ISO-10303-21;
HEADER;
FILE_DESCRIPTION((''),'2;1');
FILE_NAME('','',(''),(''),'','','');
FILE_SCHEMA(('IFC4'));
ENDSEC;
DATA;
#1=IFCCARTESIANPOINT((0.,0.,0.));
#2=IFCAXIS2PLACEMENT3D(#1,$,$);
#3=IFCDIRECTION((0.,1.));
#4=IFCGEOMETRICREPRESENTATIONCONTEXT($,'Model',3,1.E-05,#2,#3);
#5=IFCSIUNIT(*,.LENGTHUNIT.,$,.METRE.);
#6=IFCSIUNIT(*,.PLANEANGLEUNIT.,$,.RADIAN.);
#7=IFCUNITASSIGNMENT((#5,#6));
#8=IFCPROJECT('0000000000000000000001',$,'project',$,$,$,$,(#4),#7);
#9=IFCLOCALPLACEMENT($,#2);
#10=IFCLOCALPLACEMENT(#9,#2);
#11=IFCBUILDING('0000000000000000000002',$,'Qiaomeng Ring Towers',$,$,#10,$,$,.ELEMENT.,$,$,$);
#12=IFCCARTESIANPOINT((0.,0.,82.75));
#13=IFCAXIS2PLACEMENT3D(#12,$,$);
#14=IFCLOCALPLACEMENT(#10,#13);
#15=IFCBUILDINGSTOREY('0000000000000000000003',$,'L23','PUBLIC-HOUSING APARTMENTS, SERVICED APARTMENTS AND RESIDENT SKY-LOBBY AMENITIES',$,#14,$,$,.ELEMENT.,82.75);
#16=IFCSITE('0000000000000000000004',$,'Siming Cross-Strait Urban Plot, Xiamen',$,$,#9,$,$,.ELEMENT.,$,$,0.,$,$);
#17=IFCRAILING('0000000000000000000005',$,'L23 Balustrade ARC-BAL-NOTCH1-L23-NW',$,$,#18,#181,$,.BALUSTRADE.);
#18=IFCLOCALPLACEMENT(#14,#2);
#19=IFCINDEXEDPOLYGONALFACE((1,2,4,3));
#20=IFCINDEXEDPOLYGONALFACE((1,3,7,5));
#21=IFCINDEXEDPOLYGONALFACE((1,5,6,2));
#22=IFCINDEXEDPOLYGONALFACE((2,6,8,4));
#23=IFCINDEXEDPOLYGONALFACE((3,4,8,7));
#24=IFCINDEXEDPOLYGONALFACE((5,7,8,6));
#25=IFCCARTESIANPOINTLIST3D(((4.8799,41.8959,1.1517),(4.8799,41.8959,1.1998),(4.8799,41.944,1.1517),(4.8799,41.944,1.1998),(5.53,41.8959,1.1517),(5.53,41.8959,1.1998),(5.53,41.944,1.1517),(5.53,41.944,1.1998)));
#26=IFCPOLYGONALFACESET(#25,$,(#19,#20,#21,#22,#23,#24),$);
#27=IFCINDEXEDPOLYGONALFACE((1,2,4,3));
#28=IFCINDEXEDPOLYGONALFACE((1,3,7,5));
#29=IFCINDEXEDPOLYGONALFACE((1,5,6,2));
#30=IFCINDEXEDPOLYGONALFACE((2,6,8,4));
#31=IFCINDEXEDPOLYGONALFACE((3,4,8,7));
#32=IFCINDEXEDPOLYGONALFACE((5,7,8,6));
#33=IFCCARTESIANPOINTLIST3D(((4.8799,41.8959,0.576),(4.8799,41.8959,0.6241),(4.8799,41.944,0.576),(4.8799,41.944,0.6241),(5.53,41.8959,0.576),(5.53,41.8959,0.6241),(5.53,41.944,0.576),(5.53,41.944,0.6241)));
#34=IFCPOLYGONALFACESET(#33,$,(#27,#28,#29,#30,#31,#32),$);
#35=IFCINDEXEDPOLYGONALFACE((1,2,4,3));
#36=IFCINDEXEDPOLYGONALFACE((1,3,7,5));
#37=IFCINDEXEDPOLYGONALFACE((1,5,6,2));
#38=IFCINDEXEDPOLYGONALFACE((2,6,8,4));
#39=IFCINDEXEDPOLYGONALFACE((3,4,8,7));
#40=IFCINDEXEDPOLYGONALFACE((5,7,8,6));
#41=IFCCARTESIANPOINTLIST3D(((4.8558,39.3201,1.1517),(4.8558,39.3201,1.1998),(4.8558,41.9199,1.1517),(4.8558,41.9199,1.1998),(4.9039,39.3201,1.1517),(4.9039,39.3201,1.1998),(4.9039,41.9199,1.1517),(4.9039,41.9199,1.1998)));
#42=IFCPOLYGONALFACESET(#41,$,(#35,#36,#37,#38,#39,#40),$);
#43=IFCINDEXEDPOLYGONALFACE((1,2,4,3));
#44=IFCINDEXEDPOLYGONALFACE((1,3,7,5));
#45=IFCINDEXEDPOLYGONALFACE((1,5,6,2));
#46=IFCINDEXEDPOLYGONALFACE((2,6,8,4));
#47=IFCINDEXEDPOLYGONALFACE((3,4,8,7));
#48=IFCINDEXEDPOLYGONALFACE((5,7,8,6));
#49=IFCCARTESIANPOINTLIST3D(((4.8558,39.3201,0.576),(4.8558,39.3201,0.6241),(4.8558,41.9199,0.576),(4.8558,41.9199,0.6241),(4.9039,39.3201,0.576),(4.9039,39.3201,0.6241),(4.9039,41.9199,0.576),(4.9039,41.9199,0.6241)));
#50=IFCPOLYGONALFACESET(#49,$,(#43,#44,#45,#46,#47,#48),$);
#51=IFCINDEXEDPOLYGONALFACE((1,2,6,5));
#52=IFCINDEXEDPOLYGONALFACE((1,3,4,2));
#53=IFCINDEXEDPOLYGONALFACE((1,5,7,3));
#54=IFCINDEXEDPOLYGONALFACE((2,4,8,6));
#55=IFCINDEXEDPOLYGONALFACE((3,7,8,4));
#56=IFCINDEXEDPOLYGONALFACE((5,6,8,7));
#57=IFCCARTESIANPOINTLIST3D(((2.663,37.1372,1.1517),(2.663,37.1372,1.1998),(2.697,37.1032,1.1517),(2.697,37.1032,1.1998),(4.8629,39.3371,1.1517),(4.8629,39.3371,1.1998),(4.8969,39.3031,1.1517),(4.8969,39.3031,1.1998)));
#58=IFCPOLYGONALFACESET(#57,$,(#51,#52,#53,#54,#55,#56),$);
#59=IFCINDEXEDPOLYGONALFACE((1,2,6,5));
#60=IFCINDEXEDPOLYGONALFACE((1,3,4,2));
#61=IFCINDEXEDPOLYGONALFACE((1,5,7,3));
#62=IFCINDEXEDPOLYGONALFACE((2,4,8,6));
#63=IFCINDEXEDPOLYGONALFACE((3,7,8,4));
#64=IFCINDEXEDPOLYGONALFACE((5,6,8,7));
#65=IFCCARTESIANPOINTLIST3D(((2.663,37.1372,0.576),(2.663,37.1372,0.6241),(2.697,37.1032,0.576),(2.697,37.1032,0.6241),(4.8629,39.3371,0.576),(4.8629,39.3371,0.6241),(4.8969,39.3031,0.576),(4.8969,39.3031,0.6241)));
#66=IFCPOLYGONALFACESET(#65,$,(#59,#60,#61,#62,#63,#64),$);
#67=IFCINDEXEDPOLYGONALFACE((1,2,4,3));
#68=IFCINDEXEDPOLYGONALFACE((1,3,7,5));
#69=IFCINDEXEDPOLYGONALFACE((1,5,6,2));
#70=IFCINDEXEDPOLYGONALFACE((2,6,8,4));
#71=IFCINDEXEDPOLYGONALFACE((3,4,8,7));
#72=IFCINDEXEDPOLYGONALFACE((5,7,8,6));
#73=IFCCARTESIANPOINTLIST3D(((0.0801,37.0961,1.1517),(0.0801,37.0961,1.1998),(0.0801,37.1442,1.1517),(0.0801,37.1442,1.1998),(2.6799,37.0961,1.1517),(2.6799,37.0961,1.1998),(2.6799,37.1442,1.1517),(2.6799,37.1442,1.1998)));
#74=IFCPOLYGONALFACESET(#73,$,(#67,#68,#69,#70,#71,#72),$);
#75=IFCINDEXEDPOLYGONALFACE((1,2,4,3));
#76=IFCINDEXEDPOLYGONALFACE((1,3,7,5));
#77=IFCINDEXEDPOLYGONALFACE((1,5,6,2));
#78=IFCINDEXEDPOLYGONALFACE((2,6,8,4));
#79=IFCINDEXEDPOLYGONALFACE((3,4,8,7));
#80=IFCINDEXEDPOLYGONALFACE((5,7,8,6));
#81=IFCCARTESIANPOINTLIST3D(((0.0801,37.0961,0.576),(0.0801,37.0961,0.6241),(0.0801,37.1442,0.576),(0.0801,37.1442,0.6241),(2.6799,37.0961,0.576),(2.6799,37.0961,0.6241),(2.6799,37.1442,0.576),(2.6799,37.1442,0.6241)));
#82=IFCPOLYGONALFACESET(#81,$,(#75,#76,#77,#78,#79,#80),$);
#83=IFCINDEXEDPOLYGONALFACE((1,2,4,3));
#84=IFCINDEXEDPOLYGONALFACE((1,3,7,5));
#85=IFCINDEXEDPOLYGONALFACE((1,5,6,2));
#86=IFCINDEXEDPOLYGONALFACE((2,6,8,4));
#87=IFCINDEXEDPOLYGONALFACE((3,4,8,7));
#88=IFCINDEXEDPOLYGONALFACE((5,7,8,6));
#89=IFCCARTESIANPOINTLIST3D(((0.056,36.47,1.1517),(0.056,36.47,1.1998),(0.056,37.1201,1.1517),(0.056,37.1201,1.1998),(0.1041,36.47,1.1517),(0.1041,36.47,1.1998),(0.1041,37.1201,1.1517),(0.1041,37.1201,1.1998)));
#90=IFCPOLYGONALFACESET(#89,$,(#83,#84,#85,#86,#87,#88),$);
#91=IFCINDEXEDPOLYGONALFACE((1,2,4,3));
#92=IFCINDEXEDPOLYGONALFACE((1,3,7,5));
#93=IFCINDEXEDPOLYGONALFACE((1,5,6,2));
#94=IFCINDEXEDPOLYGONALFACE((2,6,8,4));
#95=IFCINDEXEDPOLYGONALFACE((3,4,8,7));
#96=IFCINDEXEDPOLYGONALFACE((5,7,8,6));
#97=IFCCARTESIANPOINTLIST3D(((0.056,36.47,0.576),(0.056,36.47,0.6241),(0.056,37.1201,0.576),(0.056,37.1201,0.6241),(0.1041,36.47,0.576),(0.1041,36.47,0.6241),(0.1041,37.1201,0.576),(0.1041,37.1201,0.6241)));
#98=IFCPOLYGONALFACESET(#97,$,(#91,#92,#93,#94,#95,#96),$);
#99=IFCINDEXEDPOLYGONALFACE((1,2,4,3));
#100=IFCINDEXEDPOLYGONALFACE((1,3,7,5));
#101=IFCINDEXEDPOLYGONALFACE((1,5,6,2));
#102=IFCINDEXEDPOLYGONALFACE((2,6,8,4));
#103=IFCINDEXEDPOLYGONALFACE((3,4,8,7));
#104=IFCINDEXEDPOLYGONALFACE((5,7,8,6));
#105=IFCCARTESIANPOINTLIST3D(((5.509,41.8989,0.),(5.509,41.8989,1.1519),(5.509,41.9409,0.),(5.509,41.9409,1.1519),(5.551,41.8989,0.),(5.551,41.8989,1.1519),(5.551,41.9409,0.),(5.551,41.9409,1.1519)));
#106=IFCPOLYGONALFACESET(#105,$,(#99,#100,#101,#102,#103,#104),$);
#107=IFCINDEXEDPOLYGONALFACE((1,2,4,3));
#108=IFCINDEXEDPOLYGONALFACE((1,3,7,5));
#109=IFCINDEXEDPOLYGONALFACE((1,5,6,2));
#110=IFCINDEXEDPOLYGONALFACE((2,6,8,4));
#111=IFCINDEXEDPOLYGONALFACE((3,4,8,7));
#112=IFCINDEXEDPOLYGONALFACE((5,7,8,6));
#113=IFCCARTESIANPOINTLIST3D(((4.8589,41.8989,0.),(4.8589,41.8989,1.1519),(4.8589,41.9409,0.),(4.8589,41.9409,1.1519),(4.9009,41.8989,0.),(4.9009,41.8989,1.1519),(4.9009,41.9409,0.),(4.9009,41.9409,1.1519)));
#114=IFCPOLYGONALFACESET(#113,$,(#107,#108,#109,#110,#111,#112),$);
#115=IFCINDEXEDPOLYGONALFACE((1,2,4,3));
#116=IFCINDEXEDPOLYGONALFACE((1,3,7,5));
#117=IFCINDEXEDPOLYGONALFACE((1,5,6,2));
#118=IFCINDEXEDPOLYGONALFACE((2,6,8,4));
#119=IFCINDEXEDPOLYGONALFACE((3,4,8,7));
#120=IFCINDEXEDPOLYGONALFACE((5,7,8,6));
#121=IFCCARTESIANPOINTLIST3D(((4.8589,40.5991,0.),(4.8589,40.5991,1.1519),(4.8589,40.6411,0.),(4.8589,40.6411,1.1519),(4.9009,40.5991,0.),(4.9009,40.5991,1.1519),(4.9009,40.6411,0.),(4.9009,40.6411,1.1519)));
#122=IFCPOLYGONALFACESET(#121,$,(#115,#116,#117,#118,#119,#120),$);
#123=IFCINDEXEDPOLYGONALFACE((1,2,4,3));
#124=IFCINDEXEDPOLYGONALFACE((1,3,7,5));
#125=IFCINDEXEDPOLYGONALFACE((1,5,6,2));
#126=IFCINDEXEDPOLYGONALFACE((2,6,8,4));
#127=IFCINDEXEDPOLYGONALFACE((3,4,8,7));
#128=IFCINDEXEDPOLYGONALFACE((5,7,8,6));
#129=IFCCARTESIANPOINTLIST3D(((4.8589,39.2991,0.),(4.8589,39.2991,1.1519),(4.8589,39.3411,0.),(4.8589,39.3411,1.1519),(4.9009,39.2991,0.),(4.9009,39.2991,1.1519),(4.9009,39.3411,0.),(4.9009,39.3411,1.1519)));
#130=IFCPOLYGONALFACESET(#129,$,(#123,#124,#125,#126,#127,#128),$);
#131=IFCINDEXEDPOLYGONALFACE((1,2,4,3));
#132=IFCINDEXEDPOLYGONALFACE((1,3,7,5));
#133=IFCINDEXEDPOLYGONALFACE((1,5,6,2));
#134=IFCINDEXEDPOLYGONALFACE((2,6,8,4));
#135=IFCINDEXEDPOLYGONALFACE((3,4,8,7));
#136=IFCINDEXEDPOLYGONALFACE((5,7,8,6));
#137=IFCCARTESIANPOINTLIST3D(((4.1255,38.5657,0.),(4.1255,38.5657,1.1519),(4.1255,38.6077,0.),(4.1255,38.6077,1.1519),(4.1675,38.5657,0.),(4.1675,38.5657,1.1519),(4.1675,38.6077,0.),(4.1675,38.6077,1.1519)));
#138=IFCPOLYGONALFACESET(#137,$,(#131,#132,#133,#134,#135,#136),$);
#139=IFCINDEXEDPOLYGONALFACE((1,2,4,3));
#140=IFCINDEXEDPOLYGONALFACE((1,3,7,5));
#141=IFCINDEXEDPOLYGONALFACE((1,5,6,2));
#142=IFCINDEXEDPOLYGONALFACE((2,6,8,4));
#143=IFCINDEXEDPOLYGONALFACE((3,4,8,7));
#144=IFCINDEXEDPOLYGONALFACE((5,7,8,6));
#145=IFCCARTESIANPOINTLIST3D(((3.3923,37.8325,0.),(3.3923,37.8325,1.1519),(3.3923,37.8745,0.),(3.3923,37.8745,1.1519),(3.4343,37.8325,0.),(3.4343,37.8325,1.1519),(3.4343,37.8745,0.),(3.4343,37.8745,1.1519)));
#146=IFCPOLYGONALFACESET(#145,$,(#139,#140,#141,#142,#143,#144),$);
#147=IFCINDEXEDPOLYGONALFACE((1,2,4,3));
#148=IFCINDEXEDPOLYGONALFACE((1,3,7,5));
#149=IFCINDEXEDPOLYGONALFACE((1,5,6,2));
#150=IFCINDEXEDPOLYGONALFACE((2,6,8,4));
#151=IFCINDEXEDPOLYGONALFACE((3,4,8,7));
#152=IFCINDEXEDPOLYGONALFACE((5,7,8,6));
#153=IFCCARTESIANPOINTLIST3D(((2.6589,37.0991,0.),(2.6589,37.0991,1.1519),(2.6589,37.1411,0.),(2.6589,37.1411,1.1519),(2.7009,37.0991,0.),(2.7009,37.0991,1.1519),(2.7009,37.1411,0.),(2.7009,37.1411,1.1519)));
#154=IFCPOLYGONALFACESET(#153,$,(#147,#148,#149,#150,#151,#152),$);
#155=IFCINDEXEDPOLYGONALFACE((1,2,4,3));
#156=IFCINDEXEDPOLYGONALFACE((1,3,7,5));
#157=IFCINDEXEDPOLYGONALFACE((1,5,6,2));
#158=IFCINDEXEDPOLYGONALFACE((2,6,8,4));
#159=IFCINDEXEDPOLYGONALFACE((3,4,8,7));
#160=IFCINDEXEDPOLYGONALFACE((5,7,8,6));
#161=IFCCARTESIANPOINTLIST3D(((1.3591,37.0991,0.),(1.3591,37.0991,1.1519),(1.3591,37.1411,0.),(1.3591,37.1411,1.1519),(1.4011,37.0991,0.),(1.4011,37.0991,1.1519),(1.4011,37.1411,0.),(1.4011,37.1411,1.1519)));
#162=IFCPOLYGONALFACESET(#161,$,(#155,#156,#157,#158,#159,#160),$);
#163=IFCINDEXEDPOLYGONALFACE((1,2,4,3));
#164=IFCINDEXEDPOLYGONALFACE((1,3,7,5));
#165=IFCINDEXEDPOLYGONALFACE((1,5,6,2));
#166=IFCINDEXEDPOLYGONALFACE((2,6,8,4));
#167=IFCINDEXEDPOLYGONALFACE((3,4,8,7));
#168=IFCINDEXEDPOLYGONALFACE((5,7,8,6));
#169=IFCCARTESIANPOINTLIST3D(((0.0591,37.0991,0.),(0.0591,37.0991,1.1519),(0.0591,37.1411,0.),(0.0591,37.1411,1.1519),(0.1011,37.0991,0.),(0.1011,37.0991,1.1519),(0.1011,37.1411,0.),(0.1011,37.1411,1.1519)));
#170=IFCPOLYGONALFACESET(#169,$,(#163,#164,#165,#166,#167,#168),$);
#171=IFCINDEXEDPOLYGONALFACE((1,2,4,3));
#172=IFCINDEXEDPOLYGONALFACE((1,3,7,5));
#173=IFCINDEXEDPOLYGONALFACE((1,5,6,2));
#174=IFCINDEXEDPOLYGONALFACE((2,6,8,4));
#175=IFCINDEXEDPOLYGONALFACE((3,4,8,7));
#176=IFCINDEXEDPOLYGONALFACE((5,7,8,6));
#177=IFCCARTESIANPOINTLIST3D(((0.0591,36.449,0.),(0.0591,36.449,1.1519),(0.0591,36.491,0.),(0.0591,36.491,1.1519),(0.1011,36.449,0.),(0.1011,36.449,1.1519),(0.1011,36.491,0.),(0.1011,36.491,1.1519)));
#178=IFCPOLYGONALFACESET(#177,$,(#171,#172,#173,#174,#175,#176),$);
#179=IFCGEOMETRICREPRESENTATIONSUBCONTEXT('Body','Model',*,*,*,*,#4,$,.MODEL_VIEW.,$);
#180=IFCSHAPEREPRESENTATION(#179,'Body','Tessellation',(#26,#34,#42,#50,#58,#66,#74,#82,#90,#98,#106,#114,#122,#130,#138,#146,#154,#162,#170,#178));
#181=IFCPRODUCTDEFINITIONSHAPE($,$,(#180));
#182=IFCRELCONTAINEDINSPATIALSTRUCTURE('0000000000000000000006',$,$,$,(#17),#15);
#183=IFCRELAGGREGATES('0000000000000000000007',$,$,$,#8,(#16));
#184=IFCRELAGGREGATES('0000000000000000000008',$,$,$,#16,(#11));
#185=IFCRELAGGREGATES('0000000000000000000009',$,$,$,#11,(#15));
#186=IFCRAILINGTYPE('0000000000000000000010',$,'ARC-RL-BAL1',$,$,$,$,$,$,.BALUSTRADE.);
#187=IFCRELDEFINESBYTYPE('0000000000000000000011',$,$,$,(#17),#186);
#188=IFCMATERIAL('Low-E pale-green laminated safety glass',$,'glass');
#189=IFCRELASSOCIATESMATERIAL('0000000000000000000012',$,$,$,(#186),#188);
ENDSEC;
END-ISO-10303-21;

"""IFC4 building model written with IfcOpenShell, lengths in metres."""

from ifc_helpers import new_model, si_unit, direction, frame, origin, origin_2d, place, context, subcontext, project, spatial, rectangle, extrude, material, type_object, element, save


model = new_model("IFC4")

# Units and contexts
model_context = context("Model", 3, precision=1e-05, world=origin(), true_north=direction((0.0, 1.0)))
body_context = subcontext(model_context, "Body", "Model", "MODEL_VIEW")
ifc_project = project(units=[si_unit("LENGTHUNIT", "METRE"), si_unit("PLANEANGLEUNIT", "RADIAN")], contexts=[model_context])

# Site, building, storey
site_placement = place(None, origin())
site = spatial("IfcSite", under=ifc_project, at=site_placement, Name="Siming Cross-Strait Urban Plot, Xiamen", CompositionType="ELEMENT", RefElevation=0.0)
building_placement = place(site_placement, origin())
building = spatial("IfcBuilding", under=site, at=building_placement, Name="Qiaomeng Ring Towers", CompositionType="ELEMENT")
storey_placement = place(building_placement, frame((0.0, 0.0, 82.75)))
storey = spatial("IfcBuildingStorey", under=building, at=storey_placement, Name="L23", Description="PUBLIC-HOUSING APARTMENTS, SERVICED APARTMENTS AND RESIDENT SKY-LOBBY AMENITIES", CompositionType="ELEMENT", Elevation=82.75)

# Railing
ifc_material_1 = material(Name="Low-E pale-green laminated safety glass", Category="glass")
railing_type = type_object("IfcRailingType", Name="ARC-RL-BAL1", PredefinedType="BALUSTRADE", material=ifc_material_1)
railing_placement = place(storey_placement, frame((5.53, 41.9199, 0.0)))
element("IfcRailing", 1, at=railing_placement, inside=storey, type_object=railing_type, Name="L23 Balustrade ARC-BAL-NOTCH1-L23-NW", PredefinedType="BALUSTRADE", context=body_context, shape_type="SweptSolid", body=[
    extrude(rectangle(XDim=0.0481, YDim=0.0481, at=origin_2d()), frame((0.0, 0.0, 1.1758), z_axis=(-1.0, 0.0, 0.0), x_axis=(0.0, -1.0, 0.0)), (0.0, 0.0, 1.0), 0.6501),
    extrude(rectangle(XDim=0.0481, YDim=0.0481, at=origin_2d()), frame((0.0, 0.0, 0.6001), z_axis=(-1.0, 0.0, 0.0), x_axis=(0.0, -1.0, 0.0)), (0.0, 0.0, 1.0), 0.6501),
    extrude(rectangle(XDim=0.0481, YDim=0.0481, at=origin_2d()), frame((-0.6501, 0.0, 1.1758), z_axis=(0.0, -1.0, 0.0), x_axis=(1.0, 0.0, 0.0)), (0.0, 0.0, 1.0), 2.5999),
    extrude(rectangle(XDim=0.0481, YDim=0.0481, at=origin_2d()), frame((-0.6501, 0.0, 0.6001), z_axis=(0.0, -1.0, 0.0), x_axis=(1.0, 0.0, 0.0)), (0.0, 0.0, 1.0), 2.5999),
    extrude(rectangle(XDim=0.0481, YDim=0.0481, at=origin_2d()), frame((-0.6501, -2.5999, 1.1758), z_axis=(-0.707107, -0.707107, 0.0), x_axis=(0.707107, -0.707107, 0.0)), (0.0, 0.0, 1.0), 3.1111),
    extrude(rectangle(XDim=0.0481, YDim=0.0481, at=origin_2d()), frame((-0.6501, -2.5999, 0.6001), z_axis=(-0.707107, -0.707107, 0.0), x_axis=(0.707107, -0.707107, 0.0)), (0.0, 0.0, 1.0), 3.1111),
    extrude(rectangle(XDim=0.0481, YDim=0.0481, at=origin_2d()), frame((-2.8501, -4.7998, 1.1758), z_axis=(-1.0, 0.0, 0.0), x_axis=(0.0, -1.0, 0.0)), (0.0, 0.0, 1.0), 2.5999),
    extrude(rectangle(XDim=0.0481, YDim=0.0481, at=origin_2d()), frame((-2.8501, -4.7998, 0.6001), z_axis=(-1.0, 0.0, 0.0), x_axis=(0.0, -1.0, 0.0)), (0.0, 0.0, 1.0), 2.5999),
    extrude(rectangle(XDim=0.0481, YDim=0.0481, at=origin_2d()), frame((-5.45, -4.7998, 1.1758), z_axis=(0.0, -1.0, 0.0), x_axis=(1.0, 0.0, 0.0)), (0.0, 0.0, 1.0), 0.6501),
    extrude(rectangle(XDim=0.0481, YDim=0.0481, at=origin_2d()), frame((-5.45, -4.7998, 0.6001), z_axis=(0.0, -1.0, 0.0), x_axis=(1.0, 0.0, 0.0)), (0.0, 0.0, 1.0), 0.6501),
    extrude(rectangle(XDim=0.042, YDim=0.042, at=origin_2d()), origin(), (0.0, 0.0, 1.0), 1.1519),
    extrude(rectangle(XDim=0.042, YDim=0.042, at=origin_2d()), frame((-0.6501, 0.0, 0.0)), (0.0, 0.0, 1.0), 1.1519),
    extrude(rectangle(XDim=0.042, YDim=0.042, at=origin_2d()), frame((-0.6501, -1.2998, 0.0)), (0.0, 0.0, 1.0), 1.1519),
    extrude(rectangle(XDim=0.042, YDim=0.042, at=origin_2d()), frame((-0.6501, -2.5999, 0.0)), (0.0, 0.0, 1.0), 1.1519),
    extrude(rectangle(XDim=0.042, YDim=0.042, at=origin_2d()), frame((-1.3835, -3.3333, 0.0)), (0.0, 0.0, 1.0), 1.1519),
    extrude(rectangle(XDim=0.042, YDim=0.042, at=origin_2d()), frame((-2.1167, -4.0664, 0.0)), (0.0, 0.0, 1.0), 1.1519),
    extrude(rectangle(XDim=0.042, YDim=0.042, at=origin_2d()), frame((-2.8501, -4.7998, 0.0)), (0.0, 0.0, 1.0), 1.1519),
    extrude(rectangle(XDim=0.042, YDim=0.042, at=origin_2d()), frame((-4.1499, -4.7998, 0.0)), (0.0, 0.0, 1.0), 1.1519),
    extrude(rectangle(XDim=0.042, YDim=0.042, at=origin_2d()), frame((-5.45, -4.7998, 0.0)), (0.0, 0.0, 1.0), 1.1519),
    extrude(rectangle(XDim=0.042, YDim=0.042, at=origin_2d()), frame((-5.45, -5.45, 0.0)), (0.0, 0.0, 1.0), 1.1519),
])

save(model, "model.ifc")
